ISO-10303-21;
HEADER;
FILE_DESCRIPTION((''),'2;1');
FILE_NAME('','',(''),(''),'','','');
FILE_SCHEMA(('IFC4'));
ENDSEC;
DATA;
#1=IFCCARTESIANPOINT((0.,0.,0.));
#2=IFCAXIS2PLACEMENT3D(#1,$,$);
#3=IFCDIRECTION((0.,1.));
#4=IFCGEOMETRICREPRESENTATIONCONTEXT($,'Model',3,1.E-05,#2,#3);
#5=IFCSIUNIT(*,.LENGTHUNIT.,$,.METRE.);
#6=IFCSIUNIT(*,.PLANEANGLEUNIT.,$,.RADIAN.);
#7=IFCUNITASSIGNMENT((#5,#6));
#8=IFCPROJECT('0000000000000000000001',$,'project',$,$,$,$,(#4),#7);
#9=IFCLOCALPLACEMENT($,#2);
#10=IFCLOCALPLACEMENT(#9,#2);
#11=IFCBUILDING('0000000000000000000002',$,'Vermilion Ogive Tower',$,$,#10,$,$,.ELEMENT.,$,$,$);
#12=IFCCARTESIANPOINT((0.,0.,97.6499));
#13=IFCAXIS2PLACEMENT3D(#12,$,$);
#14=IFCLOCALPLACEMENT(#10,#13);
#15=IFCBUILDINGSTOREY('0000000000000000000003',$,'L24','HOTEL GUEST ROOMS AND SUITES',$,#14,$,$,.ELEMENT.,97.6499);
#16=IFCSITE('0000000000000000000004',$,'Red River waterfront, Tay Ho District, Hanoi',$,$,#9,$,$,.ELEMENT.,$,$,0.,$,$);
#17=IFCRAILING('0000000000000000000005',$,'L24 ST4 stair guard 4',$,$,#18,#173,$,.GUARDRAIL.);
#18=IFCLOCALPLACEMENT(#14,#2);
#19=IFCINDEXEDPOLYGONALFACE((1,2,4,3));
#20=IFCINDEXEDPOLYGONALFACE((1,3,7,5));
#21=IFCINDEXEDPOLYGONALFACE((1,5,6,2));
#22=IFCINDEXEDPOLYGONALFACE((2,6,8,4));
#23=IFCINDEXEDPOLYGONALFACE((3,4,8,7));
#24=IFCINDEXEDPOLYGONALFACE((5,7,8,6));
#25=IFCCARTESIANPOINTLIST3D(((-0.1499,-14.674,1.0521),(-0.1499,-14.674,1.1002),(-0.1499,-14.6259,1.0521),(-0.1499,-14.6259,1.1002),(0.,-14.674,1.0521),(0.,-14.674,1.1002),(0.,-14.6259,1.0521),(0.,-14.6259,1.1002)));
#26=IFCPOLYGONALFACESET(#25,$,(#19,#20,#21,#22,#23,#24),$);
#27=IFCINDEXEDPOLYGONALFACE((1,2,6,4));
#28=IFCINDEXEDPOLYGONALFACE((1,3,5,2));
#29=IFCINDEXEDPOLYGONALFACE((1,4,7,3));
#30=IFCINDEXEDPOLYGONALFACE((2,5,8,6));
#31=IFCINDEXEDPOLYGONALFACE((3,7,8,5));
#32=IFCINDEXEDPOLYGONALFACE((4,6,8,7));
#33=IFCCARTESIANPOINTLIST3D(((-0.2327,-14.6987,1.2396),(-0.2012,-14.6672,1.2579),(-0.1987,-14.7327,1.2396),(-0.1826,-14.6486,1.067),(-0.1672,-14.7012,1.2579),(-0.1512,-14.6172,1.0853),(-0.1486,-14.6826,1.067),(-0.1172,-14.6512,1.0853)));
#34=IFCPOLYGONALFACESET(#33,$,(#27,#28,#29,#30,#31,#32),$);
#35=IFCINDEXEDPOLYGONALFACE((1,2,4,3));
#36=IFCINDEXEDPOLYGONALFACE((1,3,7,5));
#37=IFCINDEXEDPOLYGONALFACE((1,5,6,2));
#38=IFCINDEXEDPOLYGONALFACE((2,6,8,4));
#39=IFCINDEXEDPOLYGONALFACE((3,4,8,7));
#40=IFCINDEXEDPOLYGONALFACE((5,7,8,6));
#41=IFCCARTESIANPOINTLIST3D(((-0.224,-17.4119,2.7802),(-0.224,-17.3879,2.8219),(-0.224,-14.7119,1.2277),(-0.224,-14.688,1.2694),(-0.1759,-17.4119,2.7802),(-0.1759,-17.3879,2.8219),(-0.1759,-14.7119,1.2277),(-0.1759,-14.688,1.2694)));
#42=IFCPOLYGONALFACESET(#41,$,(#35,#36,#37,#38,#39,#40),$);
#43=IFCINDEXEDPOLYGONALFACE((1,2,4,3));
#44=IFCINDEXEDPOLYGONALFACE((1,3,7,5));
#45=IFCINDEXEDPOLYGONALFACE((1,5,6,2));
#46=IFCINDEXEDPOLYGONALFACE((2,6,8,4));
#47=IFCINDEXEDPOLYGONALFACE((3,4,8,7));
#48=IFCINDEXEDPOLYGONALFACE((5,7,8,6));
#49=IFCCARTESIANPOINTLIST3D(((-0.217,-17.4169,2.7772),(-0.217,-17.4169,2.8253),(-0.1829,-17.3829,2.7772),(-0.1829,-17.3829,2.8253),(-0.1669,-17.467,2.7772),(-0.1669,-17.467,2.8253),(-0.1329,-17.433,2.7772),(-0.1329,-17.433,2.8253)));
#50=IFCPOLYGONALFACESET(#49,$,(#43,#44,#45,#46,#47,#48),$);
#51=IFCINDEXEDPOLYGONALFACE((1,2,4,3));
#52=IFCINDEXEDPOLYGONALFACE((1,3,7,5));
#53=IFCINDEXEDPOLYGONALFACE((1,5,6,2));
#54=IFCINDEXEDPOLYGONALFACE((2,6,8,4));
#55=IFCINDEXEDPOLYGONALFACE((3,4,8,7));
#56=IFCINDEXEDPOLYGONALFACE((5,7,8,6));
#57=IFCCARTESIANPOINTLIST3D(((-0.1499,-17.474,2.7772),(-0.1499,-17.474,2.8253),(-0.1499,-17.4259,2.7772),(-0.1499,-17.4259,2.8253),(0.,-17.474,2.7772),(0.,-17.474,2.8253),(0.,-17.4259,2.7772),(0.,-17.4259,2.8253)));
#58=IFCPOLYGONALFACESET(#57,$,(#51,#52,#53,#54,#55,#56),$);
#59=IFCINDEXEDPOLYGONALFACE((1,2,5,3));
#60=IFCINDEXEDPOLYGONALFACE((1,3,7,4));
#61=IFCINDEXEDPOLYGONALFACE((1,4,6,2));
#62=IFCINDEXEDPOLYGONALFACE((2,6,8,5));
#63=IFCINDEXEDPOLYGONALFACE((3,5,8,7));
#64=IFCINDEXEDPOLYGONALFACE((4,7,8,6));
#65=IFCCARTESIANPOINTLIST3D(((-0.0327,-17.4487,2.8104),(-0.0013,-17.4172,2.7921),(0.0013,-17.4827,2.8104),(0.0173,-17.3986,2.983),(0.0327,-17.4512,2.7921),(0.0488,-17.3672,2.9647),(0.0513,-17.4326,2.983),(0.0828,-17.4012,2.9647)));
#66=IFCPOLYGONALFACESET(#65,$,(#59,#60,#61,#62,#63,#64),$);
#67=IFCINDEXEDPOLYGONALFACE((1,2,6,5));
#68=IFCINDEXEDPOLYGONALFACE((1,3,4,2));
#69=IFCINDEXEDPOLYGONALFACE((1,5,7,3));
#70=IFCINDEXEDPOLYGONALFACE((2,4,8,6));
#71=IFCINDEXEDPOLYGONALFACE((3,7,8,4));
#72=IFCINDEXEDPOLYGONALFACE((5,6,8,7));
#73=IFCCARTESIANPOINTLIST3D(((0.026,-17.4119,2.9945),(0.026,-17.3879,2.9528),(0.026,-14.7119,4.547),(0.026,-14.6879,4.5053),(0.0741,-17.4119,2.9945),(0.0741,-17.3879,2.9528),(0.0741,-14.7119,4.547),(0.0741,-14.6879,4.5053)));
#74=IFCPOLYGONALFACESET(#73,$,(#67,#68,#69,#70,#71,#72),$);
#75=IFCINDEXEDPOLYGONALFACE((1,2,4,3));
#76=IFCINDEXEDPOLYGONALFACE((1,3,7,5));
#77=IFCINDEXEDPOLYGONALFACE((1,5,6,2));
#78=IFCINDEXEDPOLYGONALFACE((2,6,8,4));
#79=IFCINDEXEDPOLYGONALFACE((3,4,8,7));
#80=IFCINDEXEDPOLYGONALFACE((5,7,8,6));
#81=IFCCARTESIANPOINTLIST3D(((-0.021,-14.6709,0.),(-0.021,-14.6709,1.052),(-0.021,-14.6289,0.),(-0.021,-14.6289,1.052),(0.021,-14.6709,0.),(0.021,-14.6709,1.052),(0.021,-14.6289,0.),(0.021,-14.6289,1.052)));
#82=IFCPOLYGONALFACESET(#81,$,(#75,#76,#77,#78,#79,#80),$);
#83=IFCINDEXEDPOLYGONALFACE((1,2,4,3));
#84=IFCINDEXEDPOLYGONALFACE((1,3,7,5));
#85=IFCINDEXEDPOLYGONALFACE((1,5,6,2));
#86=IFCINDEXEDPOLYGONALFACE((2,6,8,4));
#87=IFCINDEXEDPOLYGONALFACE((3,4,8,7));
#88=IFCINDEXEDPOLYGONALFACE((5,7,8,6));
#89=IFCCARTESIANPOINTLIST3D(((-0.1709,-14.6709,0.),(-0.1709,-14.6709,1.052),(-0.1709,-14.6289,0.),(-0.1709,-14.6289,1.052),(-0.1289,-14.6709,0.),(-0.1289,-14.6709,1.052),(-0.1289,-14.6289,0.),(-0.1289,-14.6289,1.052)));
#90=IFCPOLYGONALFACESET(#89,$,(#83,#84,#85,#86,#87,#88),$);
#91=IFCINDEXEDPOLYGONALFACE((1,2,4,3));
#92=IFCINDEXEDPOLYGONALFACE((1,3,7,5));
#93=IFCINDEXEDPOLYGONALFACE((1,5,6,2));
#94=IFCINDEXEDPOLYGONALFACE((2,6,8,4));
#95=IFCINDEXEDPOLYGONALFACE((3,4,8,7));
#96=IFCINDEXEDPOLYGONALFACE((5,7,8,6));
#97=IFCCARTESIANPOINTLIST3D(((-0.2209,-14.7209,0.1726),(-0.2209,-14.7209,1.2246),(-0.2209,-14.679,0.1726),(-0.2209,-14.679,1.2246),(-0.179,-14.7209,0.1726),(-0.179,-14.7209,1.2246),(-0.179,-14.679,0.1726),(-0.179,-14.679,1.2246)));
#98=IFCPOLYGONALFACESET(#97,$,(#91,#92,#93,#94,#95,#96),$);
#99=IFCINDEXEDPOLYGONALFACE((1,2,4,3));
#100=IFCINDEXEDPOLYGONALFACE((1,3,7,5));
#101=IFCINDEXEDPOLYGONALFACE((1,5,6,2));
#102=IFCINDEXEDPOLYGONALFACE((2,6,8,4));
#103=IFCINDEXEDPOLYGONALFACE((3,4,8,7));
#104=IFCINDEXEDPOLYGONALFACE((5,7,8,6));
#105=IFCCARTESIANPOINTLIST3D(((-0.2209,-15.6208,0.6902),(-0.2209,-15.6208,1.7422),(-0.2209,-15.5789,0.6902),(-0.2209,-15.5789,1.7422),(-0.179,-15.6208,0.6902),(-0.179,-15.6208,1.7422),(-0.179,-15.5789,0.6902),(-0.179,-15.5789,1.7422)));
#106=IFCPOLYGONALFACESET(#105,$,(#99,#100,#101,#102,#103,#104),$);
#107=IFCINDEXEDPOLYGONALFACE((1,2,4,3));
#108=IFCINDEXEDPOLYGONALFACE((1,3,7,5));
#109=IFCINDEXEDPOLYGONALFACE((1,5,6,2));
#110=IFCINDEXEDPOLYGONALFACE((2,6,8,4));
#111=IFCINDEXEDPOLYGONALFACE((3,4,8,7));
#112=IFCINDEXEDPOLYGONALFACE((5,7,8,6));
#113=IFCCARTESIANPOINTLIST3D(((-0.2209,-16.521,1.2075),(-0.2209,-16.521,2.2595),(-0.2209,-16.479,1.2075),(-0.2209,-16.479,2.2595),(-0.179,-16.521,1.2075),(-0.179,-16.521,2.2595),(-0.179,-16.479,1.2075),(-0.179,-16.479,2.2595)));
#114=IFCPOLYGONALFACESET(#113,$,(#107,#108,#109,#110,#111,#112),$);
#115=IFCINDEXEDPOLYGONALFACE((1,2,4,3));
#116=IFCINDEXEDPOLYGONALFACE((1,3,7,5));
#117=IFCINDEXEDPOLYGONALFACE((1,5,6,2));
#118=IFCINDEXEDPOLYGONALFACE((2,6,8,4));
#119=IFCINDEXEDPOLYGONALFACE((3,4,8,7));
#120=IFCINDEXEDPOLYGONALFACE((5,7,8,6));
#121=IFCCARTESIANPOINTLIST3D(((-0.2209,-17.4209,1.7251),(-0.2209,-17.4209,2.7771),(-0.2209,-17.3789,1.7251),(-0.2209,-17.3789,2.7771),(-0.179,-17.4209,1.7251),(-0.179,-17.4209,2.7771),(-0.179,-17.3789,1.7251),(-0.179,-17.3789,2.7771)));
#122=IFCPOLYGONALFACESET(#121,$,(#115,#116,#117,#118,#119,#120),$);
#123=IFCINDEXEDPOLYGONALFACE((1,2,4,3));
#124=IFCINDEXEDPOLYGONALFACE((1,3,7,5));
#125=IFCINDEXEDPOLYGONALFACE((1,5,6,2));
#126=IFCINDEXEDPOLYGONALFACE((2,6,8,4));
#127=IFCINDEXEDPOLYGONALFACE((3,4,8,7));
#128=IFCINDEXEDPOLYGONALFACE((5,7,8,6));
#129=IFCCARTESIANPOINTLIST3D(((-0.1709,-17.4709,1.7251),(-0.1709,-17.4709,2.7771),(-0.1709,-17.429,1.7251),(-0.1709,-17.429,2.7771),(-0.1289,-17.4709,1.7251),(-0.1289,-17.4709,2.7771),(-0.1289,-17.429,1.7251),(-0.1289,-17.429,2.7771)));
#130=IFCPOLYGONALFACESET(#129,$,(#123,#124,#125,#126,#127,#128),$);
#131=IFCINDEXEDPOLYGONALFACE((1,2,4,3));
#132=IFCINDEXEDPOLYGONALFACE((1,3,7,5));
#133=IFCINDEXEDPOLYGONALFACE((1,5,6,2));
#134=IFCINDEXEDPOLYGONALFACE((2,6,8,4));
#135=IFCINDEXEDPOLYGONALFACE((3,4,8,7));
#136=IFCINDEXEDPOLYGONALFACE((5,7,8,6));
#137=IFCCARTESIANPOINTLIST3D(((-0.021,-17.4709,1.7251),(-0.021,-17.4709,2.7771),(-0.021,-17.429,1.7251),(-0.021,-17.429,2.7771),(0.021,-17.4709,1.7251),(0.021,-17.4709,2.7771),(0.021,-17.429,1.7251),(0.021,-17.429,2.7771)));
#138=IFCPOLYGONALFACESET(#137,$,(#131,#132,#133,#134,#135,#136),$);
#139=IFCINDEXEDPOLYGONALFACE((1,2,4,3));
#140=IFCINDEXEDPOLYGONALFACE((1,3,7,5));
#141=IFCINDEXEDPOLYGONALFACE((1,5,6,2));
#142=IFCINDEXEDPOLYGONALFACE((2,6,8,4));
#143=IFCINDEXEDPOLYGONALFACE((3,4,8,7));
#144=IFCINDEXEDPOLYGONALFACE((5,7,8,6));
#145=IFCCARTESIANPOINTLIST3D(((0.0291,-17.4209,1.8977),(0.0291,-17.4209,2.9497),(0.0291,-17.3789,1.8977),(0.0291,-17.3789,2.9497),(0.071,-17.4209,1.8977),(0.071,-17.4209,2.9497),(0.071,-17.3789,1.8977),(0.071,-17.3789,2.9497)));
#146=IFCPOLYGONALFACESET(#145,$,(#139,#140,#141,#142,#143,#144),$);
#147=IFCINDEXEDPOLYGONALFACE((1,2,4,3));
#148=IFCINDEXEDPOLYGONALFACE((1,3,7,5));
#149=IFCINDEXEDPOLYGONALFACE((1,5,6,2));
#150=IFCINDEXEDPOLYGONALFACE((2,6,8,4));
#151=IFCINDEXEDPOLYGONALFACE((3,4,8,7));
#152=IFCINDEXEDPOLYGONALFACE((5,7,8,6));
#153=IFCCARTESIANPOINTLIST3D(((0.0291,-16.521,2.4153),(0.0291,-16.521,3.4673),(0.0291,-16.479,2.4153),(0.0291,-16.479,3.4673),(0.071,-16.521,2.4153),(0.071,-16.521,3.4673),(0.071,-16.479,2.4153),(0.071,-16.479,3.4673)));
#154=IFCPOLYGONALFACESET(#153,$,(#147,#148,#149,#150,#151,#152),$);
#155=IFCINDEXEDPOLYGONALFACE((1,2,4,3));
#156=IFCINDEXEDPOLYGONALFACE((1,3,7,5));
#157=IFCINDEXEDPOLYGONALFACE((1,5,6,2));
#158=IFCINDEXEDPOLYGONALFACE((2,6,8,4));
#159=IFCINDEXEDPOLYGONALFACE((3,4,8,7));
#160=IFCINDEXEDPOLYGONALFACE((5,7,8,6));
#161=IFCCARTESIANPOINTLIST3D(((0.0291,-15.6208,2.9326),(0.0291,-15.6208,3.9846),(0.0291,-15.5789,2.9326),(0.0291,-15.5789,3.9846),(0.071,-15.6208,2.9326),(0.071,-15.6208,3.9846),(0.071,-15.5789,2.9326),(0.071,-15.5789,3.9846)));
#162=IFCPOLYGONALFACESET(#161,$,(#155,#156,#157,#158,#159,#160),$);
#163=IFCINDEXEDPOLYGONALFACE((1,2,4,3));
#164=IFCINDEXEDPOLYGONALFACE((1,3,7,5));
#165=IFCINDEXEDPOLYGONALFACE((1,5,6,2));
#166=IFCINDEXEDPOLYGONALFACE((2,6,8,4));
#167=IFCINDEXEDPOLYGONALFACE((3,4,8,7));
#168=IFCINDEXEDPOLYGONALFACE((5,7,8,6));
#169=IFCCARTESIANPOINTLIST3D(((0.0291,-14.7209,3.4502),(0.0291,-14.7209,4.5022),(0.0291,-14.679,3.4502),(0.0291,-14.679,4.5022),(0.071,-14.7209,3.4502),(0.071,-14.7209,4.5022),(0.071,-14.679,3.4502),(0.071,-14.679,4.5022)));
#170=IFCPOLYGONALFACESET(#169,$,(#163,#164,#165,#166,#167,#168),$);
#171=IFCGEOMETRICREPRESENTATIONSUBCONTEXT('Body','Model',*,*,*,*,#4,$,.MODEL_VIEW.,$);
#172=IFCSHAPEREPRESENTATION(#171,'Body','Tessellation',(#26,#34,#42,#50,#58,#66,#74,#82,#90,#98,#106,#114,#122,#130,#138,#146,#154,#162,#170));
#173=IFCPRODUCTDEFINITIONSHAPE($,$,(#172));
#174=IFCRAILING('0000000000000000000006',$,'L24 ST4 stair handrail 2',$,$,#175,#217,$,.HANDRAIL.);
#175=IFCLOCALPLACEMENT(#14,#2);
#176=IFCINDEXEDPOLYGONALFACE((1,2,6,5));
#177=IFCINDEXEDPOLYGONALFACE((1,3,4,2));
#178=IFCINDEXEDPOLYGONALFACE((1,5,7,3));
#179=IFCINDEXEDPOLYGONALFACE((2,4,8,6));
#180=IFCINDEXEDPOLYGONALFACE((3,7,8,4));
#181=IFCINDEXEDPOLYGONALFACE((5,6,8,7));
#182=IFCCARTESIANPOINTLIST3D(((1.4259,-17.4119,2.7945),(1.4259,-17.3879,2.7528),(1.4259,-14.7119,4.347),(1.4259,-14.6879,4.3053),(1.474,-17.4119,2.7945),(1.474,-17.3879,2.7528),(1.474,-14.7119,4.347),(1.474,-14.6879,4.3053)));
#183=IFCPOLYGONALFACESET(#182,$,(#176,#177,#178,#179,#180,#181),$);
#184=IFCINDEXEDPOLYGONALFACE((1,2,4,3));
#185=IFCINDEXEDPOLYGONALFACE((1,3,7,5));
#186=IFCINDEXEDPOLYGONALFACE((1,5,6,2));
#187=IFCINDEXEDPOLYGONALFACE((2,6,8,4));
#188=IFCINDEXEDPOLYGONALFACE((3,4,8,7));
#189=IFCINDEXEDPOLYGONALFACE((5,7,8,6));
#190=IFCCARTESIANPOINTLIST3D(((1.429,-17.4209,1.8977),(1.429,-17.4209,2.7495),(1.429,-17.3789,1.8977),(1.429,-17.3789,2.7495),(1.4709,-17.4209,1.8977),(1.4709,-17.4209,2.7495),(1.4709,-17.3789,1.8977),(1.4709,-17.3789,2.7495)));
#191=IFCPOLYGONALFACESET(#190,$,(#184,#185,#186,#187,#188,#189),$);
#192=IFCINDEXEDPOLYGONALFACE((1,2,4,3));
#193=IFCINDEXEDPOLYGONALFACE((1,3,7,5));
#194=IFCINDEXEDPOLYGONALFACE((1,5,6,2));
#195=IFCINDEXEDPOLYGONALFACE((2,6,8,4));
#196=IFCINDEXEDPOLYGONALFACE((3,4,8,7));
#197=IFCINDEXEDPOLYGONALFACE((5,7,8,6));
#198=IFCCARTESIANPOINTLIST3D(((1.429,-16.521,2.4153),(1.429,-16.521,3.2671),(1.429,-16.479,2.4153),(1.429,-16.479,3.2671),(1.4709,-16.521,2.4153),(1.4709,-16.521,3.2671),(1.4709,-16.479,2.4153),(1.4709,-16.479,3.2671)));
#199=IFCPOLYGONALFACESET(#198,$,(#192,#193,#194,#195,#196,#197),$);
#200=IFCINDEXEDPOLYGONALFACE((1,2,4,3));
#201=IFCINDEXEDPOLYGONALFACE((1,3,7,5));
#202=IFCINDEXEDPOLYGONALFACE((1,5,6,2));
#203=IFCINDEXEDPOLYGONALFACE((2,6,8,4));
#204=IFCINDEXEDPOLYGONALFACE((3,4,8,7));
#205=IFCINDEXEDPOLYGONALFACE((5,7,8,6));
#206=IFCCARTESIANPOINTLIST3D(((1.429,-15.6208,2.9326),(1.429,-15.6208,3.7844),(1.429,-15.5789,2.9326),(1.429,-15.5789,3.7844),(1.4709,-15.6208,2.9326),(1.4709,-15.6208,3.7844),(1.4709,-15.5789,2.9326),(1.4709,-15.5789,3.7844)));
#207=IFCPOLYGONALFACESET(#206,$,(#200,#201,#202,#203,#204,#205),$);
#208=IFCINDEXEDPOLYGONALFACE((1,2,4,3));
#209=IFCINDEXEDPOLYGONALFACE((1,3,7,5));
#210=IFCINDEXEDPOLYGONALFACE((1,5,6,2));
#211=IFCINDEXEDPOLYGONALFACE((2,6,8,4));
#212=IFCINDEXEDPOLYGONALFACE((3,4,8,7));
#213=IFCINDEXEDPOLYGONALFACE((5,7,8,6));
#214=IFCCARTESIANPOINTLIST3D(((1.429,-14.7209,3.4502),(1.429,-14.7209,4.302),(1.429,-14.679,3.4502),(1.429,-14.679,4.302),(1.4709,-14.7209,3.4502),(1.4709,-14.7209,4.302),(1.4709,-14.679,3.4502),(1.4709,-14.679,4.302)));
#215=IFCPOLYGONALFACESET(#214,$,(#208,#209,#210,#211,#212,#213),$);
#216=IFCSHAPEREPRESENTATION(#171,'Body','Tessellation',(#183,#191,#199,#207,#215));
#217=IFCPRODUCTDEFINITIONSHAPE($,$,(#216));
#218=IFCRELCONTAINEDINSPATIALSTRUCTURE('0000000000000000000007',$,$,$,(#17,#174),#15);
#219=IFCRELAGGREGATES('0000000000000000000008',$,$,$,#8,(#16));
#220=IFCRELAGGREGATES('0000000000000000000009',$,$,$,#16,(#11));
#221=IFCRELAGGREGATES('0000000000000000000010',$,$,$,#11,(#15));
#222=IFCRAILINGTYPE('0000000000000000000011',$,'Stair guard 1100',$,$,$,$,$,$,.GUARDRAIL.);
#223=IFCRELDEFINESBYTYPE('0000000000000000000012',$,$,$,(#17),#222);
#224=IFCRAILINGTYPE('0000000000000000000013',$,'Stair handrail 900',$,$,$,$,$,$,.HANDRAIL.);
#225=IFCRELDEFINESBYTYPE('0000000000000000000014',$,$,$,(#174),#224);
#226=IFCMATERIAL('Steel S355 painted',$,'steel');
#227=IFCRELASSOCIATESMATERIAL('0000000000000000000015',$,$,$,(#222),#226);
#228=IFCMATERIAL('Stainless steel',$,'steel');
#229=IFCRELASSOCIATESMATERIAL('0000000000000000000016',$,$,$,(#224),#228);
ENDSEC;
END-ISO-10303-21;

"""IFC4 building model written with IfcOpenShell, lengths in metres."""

from ifc_helpers import new_model, si_unit, direction, frame, origin, origin_2d, place, context, subcontext, project, spatial, rectangle, extrude, material, type_object, element, save


model = new_model("IFC4")

# Units and contexts
model_context = context("Model", 3, precision=1e-05, world=origin(), true_north=direction((0.0, 1.0)))
body_context = subcontext(model_context, "Body", "Model", "MODEL_VIEW")
ifc_project = project(units=[si_unit("LENGTHUNIT", "METRE"), si_unit("PLANEANGLEUNIT", "RADIAN")], contexts=[model_context])

# Site, building, storey
site_placement = place(None, origin())
site = spatial("IfcSite", under=ifc_project, at=site_placement, Name="Red River waterfront, Tay Ho District, Hanoi", CompositionType="ELEMENT", RefElevation=0.0)
building_placement = place(site_placement, origin())
building = spatial("IfcBuilding", under=site, at=building_placement, Name="Vermilion Ogive Tower", CompositionType="ELEMENT")
storey_placement = place(building_placement, frame((0.0, 0.0, 97.6499)))
storey = spatial("IfcBuildingStorey", under=building, at=storey_placement, Name="L24", Description="HOTEL GUEST ROOMS AND SUITES", CompositionType="ELEMENT", Elevation=97.6499)

# Railings
ifc_material_1 = material(Name="Steel S355 painted", Category="steel")
railing_type_1 = type_object("IfcRailingType", Name="Stair guard 1100", PredefinedType="GUARDRAIL", material=ifc_material_1)
railing_1_placement = place(storey_placement, frame((0.0, -14.6499, 0.0)))
element("IfcRailing", 1, at=railing_1_placement, inside=storey, type_object=railing_type_1, Name="L24 ST4 stair guard 4", PredefinedType="GUARDRAIL", context=body_context, shape_type="SweptSolid", body=[
    extrude(rectangle(XDim=0.0481, YDim=0.0481, at=origin_2d()), frame((0.0, 0.0, 1.0762), z_axis=(-1.0, 0.0, 0.0), x_axis=(0.0, -1.0, 0.0)), (0.0, 0.0, 1.0), 0.1499),
    extrude(rectangle(XDim=0.0481, YDim=0.0481, at=origin_2d()), frame((-0.1499, 0.0, 1.0762), z_axis=(-0.268278, -0.268278, 0.925232), x_axis=(0.707107, -0.707107, 0.0)), (0.0, 0.0, 1.0), 0.1865),
    extrude(rectangle(XDim=0.0481, YDim=0.0481, at=origin_2d()), frame((-0.2, -0.05, 1.2485), z_axis=(0.0, -0.866904, 0.498476), x_axis=(1.0, 0.0, 0.0)), (0.0, 0.0, 1.0), 3.1145),
    extrude(rectangle(XDim=0.0481, YDim=0.0481, at=origin_2d()), frame((-0.2, -2.75, 2.8013), z_axis=(0.707107, -0.707107, 0.0), x_axis=(0.707107, 0.707107, 0.0)), (0.0, 0.0, 1.0), 0.0708),
    extrude(rectangle(XDim=0.0481, YDim=0.0481, at=origin_2d()), frame((-0.1499, -2.8, 2.8013), z_axis=(1.0, 0.0, 0.0), x_axis=(0.0, 1.0, 0.0)), (0.0, 0.0, 1.0), 0.1499),
    extrude(rectangle(XDim=0.0481, YDim=0.0481, at=origin_2d()), frame((0.0, -2.8, 2.8013), z_axis=(0.268278, 0.268278, 0.925232), x_axis=(-0.707107, 0.707107, 0.0)), (0.0, 0.0, 1.0), 0.1865),
    extrude(rectangle(XDim=0.0481, YDim=0.0481, at=origin_2d()), frame((0.05, -2.75, 2.9736), z_axis=(0.0, 0.866904, 0.498476), x_axis=(-1.0, 0.0, 0.0)), (0.0, 0.0, 1.0), 3.1145),
    extrude(rectangle(XDim=0.042, YDim=0.042, at=origin_2d()), origin(), (0.0, 0.0, 1.0), 1.052),
    extrude(rectangle(XDim=0.042, YDim=0.042, at=origin_2d()), frame((-0.1499, 0.0, 0.0)), (0.0, 0.0, 1.0), 1.052),
    extrude(rectangle(XDim=0.042, YDim=0.042, at=origin_2d()), frame((-0.2, -0.05, 0.1726)), (0.0, 0.0, 1.0), 1.052),
    extrude(rectangle(XDim=0.042, YDim=0.042, at=origin_2d()), frame((-0.2, -0.95, 0.6902)), (0.0, 0.0, 1.0), 1.052),
    extrude(rectangle(XDim=0.042, YDim=0.042, at=origin_2d()), frame((-0.2, -1.8501, 1.2075)), (0.0, 0.0, 1.0), 1.052),
    extrude(rectangle(XDim=0.042, YDim=0.042, at=origin_2d()), frame((-0.2, -2.75, 1.7251)), (0.0, 0.0, 1.0), 1.052),
    extrude(rectangle(XDim=0.042, YDim=0.042, at=origin_2d()), frame((-0.1499, -2.8, 1.7251)), (0.0, 0.0, 1.0), 1.052),
    extrude(rectangle(XDim=0.042, YDim=0.042, at=origin_2d()), frame((0.0, -2.8, 1.7251)), (0.0, 0.0, 1.0), 1.052),
    extrude(rectangle(XDim=0.042, YDim=0.042, at=origin_2d()), frame((0.05, -2.75, 1.8977)), (0.0, 0.0, 1.0), 1.052),
    extrude(rectangle(XDim=0.042, YDim=0.042, at=origin_2d()), frame((0.05, -1.8501, 2.4153)), (0.0, 0.0, 1.0), 1.052),
    extrude(rectangle(XDim=0.042, YDim=0.042, at=origin_2d()), frame((0.05, -0.95, 2.9326)), (0.0, 0.0, 1.0), 1.052),
    extrude(rectangle(XDim=0.042, YDim=0.042, at=origin_2d()), frame((0.05, -0.05, 3.4502)), (0.0, 0.0, 1.0), 1.052),
])
ifc_material_2 = material(Name="Stainless steel", Category="steel")
railing_type_2 = type_object("IfcRailingType", Name="Stair handrail 900", PredefinedType="HANDRAIL", material=ifc_material_2)
railing_2_placement = place(storey_placement, frame((1.45, -17.3999, 1.8977)))
element("IfcRailing", 2, at=railing_2_placement, inside=storey, type_object=railing_type_2, Name="L24 ST4 stair handrail 2", PredefinedType="HANDRAIL", context=body_context, shape_type="SweptSolid", body=[
    extrude(rectangle(XDim=0.0481, YDim=0.0481, at=origin_2d()), frame((0.0, 0.0, 0.876), z_axis=(0.0, 0.866904, 0.498476), x_axis=(-1.0, 0.0, 0.0)), (0.0, 0.0, 1.0), 3.1145),
    extrude(rectangle(XDim=0.042, YDim=0.042, at=origin_2d()), origin(), (0.0, 0.0, 1.0), 0.8518),
    extrude(rectangle(XDim=0.042, YDim=0.042, at=origin_2d()), frame((0.0, 0.8999, 0.5176)), (0.0, 0.0, 1.0), 0.8518),
    extrude(rectangle(XDim=0.042, YDim=0.042, at=origin_2d()), frame((0.0, 1.8, 1.0349)), (0.0, 0.0, 1.0), 0.8518),
    extrude(rectangle(XDim=0.042, YDim=0.042, at=origin_2d()), frame((0.0, 2.7, 1.5525)), (0.0, 0.0, 1.0), 0.8518),
])

save(model, "model.ifc")
